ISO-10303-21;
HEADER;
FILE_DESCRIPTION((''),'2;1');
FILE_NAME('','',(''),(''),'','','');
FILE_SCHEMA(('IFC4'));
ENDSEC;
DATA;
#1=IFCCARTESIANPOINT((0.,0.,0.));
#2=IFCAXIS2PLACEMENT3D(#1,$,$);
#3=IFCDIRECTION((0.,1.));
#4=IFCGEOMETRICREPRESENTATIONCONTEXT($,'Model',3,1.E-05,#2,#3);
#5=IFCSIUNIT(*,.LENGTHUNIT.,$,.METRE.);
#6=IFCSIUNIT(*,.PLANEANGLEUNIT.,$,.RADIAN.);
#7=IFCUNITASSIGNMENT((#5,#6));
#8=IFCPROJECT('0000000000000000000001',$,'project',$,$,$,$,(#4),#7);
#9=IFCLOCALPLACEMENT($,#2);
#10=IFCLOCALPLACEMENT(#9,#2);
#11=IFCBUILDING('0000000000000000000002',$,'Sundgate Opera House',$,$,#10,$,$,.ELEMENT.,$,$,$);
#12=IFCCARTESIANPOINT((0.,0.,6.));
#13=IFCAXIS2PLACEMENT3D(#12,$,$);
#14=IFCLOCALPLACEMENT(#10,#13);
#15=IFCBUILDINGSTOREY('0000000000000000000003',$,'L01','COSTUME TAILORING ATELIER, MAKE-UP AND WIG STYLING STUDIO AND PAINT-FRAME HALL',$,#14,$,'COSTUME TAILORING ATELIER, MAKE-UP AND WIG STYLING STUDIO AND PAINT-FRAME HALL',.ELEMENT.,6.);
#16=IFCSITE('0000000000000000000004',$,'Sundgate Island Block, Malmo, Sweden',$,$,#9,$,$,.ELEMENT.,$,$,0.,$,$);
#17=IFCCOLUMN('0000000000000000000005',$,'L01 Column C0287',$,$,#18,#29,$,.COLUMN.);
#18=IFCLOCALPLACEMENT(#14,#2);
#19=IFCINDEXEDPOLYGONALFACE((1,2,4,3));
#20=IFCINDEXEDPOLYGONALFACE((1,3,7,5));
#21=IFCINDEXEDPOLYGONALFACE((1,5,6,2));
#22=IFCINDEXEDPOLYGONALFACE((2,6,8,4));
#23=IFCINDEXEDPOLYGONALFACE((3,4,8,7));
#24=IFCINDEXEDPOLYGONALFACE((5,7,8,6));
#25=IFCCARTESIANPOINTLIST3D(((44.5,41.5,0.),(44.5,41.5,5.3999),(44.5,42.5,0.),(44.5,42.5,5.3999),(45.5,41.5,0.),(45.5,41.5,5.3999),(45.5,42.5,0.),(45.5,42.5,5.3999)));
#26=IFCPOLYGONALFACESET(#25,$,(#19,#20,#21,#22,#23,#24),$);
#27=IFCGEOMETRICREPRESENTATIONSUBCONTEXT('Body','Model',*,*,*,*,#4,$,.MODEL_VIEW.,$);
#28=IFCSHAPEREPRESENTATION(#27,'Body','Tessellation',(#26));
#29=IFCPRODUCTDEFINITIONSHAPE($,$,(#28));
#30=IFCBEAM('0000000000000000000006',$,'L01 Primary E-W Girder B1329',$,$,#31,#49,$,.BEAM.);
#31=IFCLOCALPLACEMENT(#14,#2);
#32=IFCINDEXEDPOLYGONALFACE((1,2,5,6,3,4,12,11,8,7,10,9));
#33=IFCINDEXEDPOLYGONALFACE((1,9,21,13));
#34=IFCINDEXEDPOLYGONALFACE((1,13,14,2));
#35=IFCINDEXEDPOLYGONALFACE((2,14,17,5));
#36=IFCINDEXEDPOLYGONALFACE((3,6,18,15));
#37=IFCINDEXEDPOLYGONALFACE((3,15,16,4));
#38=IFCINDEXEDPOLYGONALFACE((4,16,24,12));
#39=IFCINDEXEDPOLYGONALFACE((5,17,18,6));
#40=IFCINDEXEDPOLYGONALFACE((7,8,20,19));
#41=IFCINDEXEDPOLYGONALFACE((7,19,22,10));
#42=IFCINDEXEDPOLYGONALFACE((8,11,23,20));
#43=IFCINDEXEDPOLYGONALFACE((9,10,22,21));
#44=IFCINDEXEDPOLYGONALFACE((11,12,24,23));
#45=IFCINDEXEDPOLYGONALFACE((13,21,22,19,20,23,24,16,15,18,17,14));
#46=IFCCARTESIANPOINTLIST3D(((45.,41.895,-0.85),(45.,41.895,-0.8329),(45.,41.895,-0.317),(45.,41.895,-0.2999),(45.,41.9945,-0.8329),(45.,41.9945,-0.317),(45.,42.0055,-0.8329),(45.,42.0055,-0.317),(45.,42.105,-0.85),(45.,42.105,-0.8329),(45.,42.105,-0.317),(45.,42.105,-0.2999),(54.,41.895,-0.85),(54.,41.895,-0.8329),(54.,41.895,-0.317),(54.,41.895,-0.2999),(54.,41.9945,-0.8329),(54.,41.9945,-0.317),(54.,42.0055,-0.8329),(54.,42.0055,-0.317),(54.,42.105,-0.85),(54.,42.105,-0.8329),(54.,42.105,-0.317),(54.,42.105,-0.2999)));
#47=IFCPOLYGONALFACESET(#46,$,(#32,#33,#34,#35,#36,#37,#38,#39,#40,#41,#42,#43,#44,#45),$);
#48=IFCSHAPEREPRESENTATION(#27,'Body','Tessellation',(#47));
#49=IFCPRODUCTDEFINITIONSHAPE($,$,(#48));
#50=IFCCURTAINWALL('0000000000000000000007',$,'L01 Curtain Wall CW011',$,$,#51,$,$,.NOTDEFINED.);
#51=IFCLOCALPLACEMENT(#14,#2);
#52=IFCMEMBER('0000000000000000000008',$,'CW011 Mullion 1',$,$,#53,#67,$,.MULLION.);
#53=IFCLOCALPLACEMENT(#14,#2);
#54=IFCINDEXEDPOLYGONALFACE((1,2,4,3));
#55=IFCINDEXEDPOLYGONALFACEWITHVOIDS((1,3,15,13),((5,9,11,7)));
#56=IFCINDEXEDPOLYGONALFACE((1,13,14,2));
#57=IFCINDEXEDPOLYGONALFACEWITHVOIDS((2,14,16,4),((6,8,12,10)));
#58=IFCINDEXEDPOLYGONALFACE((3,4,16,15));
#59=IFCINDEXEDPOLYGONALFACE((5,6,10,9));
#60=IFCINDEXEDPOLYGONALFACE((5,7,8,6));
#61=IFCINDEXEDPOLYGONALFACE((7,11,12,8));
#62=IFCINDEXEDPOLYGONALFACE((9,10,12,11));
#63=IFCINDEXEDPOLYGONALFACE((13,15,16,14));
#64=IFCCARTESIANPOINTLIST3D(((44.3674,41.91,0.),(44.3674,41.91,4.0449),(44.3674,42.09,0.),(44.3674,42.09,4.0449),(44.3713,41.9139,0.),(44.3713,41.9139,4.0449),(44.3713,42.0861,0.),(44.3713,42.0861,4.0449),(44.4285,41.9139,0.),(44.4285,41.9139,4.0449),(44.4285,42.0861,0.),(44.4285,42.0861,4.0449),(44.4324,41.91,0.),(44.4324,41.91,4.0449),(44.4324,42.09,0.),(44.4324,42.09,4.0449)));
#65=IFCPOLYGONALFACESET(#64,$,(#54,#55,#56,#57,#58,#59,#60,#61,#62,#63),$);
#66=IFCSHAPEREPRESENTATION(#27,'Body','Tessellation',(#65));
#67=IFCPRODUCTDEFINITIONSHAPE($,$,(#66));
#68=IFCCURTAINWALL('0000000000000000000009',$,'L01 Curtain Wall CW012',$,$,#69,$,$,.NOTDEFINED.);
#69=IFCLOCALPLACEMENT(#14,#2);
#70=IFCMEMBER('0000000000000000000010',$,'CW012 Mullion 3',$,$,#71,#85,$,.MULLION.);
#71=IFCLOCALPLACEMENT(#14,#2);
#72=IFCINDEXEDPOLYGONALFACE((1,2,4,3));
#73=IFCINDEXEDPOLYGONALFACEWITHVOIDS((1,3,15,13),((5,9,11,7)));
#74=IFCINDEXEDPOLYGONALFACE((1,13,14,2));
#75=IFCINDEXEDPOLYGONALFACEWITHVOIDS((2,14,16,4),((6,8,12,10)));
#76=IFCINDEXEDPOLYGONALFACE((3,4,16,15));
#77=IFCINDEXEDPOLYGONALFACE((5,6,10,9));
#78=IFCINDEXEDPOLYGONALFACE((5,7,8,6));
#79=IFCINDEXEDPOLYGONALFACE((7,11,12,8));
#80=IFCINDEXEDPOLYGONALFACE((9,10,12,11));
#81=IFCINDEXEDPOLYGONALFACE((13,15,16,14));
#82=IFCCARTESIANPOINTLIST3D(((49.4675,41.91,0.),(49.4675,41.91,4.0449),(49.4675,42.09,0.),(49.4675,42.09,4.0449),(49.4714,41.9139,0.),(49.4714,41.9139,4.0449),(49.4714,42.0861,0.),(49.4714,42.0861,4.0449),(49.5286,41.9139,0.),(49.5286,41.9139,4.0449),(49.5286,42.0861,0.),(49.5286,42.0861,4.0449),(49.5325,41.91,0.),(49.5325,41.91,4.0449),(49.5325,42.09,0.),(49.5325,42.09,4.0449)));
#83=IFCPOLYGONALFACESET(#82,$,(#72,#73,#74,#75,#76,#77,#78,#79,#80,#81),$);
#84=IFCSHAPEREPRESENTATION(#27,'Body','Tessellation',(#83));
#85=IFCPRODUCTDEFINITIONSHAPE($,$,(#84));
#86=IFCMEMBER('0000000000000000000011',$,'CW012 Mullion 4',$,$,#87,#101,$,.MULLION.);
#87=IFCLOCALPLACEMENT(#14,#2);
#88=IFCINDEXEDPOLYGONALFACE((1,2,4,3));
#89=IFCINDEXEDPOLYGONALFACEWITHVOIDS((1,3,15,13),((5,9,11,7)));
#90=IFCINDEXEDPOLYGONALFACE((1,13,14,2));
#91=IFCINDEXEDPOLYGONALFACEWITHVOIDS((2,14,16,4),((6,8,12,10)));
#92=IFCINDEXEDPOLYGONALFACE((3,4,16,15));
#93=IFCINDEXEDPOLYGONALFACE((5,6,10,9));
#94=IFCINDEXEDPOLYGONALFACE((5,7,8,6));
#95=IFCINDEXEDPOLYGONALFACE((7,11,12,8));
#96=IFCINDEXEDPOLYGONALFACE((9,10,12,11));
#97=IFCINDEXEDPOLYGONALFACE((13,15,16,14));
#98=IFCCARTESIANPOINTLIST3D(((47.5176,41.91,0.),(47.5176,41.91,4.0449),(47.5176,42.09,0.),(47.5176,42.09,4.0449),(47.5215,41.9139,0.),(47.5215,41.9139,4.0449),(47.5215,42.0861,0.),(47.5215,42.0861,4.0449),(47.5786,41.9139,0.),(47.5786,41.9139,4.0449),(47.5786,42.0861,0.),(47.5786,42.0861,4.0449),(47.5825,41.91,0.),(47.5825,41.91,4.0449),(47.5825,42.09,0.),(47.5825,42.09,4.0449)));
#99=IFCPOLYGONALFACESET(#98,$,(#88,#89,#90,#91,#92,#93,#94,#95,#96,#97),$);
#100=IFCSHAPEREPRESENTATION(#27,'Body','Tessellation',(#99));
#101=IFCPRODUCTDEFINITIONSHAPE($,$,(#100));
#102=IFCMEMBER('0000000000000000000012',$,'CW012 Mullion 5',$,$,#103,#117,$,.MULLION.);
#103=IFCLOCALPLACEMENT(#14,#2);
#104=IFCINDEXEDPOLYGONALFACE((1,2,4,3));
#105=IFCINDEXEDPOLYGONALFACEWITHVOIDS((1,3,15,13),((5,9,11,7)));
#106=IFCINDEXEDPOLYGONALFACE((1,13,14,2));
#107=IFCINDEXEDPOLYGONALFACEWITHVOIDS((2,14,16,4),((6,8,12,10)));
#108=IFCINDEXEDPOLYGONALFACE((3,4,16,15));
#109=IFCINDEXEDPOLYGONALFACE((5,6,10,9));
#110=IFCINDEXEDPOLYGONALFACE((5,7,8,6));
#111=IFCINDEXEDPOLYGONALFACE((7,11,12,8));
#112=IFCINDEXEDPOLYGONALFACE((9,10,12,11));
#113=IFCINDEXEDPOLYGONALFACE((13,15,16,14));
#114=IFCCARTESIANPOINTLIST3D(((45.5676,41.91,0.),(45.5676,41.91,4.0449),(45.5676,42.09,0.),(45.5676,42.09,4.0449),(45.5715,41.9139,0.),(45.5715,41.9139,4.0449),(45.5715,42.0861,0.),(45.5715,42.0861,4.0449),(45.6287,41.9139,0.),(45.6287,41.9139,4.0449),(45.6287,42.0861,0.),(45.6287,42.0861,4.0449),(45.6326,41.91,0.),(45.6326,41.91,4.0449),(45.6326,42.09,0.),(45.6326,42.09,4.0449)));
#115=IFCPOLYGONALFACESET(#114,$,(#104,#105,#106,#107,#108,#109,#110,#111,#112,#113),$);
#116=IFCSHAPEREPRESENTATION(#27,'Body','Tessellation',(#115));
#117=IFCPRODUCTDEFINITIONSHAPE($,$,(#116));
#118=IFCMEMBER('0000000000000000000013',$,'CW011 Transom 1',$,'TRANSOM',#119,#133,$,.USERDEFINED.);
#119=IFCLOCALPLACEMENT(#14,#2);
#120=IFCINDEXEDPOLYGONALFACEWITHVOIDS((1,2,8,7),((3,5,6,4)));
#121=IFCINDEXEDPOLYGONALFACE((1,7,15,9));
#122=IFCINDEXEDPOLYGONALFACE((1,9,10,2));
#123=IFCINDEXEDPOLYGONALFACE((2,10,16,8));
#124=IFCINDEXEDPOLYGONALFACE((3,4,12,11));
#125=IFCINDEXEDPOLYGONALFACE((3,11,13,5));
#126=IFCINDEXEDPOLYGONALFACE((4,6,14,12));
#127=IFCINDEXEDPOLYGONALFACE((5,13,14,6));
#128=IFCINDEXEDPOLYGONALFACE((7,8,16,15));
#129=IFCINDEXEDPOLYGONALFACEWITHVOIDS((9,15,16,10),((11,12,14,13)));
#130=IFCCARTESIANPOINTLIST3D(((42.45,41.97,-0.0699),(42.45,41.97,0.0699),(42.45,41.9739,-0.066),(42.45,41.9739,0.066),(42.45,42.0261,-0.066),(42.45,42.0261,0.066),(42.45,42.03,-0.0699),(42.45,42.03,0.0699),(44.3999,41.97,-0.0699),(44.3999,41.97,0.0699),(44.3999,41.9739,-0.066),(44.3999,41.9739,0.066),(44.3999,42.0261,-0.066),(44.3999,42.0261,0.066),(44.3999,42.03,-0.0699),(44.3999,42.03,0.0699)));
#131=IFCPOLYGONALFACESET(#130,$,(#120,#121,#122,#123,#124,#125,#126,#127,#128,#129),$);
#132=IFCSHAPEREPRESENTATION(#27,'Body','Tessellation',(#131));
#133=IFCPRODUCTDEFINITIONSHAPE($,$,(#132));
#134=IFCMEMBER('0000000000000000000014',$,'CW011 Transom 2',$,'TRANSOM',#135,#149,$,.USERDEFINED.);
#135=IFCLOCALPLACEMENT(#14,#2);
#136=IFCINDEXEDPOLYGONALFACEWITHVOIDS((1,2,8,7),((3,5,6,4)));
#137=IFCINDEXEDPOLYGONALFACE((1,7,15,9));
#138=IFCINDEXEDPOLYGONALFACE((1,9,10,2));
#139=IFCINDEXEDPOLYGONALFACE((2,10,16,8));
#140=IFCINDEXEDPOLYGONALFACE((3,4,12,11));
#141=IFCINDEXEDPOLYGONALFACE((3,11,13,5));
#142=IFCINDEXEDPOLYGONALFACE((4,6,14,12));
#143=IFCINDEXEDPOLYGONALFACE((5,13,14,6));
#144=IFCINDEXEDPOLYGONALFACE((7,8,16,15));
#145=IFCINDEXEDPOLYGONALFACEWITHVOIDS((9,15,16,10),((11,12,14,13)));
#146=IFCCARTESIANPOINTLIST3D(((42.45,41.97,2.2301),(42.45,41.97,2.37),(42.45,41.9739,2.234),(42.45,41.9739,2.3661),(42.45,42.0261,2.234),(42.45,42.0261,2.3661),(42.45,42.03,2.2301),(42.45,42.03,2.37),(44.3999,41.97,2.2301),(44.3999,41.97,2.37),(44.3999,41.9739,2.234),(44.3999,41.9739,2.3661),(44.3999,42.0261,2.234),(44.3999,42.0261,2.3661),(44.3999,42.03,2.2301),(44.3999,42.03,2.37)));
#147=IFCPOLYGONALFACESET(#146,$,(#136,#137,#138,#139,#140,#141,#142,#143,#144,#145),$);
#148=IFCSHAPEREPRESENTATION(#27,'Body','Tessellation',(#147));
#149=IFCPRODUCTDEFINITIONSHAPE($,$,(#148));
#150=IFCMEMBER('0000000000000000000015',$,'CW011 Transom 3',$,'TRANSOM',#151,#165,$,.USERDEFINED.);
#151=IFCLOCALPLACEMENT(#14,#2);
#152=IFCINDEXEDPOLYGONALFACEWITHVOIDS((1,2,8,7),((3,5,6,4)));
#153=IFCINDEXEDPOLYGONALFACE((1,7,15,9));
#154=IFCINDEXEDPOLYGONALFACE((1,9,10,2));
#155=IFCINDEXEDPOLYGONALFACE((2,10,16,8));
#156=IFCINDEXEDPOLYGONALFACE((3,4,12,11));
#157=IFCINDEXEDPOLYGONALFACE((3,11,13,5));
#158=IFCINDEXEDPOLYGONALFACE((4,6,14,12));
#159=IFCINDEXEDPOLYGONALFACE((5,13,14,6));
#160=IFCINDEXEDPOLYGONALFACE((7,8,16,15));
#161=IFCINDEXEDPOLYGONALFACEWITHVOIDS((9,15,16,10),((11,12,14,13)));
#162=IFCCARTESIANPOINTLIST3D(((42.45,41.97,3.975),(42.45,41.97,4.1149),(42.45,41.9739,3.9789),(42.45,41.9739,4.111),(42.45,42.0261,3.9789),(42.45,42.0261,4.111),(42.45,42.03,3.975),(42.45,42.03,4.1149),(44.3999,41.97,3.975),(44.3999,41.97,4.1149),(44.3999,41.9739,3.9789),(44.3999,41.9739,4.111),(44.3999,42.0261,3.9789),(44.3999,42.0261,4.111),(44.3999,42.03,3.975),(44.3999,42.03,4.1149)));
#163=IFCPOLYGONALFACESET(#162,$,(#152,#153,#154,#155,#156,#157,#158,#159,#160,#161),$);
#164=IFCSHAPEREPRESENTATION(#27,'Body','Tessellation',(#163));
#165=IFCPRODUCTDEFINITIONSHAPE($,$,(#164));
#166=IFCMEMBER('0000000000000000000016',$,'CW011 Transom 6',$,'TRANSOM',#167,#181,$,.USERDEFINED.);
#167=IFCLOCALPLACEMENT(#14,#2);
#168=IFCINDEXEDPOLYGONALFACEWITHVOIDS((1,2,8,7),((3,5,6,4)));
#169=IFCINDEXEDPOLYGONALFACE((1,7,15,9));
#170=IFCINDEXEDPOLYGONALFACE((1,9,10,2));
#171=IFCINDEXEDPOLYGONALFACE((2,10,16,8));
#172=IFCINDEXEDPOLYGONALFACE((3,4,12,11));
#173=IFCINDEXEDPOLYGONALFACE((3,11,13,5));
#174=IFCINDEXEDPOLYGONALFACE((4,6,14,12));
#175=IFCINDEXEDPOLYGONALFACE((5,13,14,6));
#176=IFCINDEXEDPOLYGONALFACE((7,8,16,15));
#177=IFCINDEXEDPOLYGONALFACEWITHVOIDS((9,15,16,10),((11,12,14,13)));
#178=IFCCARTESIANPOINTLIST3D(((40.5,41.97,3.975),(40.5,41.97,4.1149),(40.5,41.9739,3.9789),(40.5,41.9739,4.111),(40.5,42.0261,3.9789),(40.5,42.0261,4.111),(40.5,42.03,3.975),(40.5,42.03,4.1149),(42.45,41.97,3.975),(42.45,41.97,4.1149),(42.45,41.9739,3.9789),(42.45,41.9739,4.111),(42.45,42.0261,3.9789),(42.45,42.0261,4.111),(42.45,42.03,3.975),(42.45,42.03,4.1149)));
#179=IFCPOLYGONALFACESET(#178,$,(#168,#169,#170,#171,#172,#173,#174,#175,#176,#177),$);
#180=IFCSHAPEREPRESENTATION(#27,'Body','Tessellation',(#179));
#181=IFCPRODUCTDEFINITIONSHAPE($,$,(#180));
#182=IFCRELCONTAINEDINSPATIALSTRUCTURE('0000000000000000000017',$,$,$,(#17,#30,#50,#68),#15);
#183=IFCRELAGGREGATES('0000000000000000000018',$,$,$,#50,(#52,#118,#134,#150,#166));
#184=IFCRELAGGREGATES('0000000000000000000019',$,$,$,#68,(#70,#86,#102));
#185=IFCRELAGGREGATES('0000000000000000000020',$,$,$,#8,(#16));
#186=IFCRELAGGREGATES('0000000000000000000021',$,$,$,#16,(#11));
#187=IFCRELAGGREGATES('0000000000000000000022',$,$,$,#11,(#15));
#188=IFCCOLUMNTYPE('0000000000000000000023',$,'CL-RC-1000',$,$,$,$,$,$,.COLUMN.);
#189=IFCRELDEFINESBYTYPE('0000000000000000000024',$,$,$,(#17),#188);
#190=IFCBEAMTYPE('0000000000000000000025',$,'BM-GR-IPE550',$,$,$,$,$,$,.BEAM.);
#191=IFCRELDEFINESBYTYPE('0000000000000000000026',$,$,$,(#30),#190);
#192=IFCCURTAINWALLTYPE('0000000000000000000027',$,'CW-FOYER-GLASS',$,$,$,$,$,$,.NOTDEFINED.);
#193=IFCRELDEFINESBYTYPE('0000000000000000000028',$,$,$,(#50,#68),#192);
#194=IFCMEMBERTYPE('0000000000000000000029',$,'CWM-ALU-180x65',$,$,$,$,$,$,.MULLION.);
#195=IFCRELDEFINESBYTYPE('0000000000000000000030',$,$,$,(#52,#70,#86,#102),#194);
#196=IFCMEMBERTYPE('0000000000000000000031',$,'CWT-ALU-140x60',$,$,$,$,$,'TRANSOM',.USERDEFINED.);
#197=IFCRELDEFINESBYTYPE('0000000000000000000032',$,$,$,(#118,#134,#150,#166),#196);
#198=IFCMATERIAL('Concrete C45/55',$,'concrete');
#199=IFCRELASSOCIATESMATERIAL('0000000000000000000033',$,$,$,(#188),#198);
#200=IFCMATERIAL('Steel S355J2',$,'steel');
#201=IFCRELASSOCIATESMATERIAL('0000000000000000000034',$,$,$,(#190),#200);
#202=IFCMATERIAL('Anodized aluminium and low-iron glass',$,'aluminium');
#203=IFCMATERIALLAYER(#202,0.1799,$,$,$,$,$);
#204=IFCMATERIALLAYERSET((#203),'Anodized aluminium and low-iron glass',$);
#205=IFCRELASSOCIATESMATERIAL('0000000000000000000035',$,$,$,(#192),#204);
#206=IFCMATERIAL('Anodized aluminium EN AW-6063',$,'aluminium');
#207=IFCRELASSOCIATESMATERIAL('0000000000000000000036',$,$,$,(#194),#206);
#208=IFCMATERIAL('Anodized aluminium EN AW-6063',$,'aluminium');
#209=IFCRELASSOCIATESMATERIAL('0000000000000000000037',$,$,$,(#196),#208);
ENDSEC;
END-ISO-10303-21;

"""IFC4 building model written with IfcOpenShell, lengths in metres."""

from ifc_helpers import new_model, si_unit, direction, frame, origin, origin_2d, place, context, subcontext, project, spatial, rectangle, hollow_rectangle, i_section, extrude, material, layer, layer_set, material_profile, profile_set, type_object, element, aggregate, save


model = new_model("IFC4")

# Units and contexts
model_context = context("Model", 3, precision=1e-05, world=origin(), true_north=direction((0.0, 1.0)))
body_context = subcontext(model_context, "Body", "Model", "MODEL_VIEW")
ifc_project = project(units=[si_unit("LENGTHUNIT", "METRE"), si_unit("PLANEANGLEUNIT", "RADIAN")], contexts=[model_context])

# Site, building, storey
site_placement = place(None, origin())
site = spatial("IfcSite", under=ifc_project, at=site_placement, Name="Sundgate Island Block, Malmo, Sweden", CompositionType="ELEMENT", RefElevation=0.0)
building_placement = place(site_placement, origin())
building = spatial("IfcBuilding", under=site, at=building_placement, Name="Sundgate Opera House", CompositionType="ELEMENT")
storey_placement = place(building_placement, frame((0.0, 0.0, 6.0)))
storey = spatial("IfcBuildingStorey", under=building, at=storey_placement, Name="L01", Description="COSTUME TAILORING ATELIER, MAKE-UP AND WIG STYLING STUDIO AND PAINT-FRAME HALL", LongName="COSTUME TAILORING ATELIER, MAKE-UP AND WIG STYLING STUDIO AND PAINT-FRAME HALL", CompositionType="ELEMENT", Elevation=6.0)

# Column
ifc_material_1 = material(Name="Concrete C45/55", Category="concrete")
ifc_material_profile_1 = material_profile(ifc_material_1, rectangle(XDim=1.0, YDim=1.0, at=origin_2d()), Name="RC 1000x1000")
ifc_profile_set_1 = profile_set([ifc_material_profile_1], Name="Concrete C45/55")
column_type = type_object("IfcColumnType", Name="CL-RC-1000", PredefinedType="COLUMN", material=ifc_profile_set_1)
column_placement = place(storey_placement, frame((45.0, 42.0, 0.0), z_axis=(0.0, 0.0, 1.0), x_axis=(1.0, 0.0, 0.0)))
element("IfcColumn", 1, at=column_placement, inside=storey, type_object=column_type, Name="L01 Column C0287", PredefinedType="COLUMN", context=body_context, shape_type="SweptSolid", body=[
    extrude(rectangle(XDim=1.0, YDim=1.0, at=origin_2d()), origin(), (0.0, 0.0, 1.0), 5.3999),
])

# Beam
ifc_material_2 = material(Name="Steel S355J2", Category="steel")
ifc_material_profile_2 = material_profile(ifc_material_2, i_section(OverallWidth=0.21, OverallDepth=0.55, WebThickness=0.011, FlangeThickness=0.0171, at=origin_2d()), Name="IPE 550")
ifc_profile_set_2 = profile_set([ifc_material_profile_2], Name="Steel S355J2")
beam_type = type_object("IfcBeamType", Name="BM-GR-IPE550", PredefinedType="BEAM", material=ifc_profile_set_2)
beam_placement = place(storey_placement, frame((45.0, 42.0, -0.575), z_axis=(1.0, 0.0, 0.0), x_axis=(0.0, 1.0, 0.0)))
element("IfcBeam", 2, at=beam_placement, inside=storey, type_object=beam_type, Name="L01 Primary E-W Girder B1329", PredefinedType="BEAM", context=body_context, shape_type="SweptSolid", body=[
    extrude(i_section(OverallWidth=0.21, OverallDepth=0.55, WebThickness=0.011, FlangeThickness=0.0171, at=origin_2d()), origin(), (0.0, 0.0, 1.0), 9.0),
])

# Curtain wall, member
ifc_material_3 = material(Name="Anodized aluminium and low-iron glass", Category="aluminium")
ifc_layer_1 = layer(ifc_material_3, 0.1799)
ifc_layer_set_1 = layer_set([ifc_layer_1], Name="Anodized aluminium and low-iron glass")
curtain_wall_type = type_object("IfcCurtainWallType", Name="CW-FOYER-GLASS", PredefinedType="NOTDEFINED", material=ifc_layer_set_1)
curtain_wall_1_placement = place(storey_placement, origin())
curtain_wall_1 = element("IfcCurtainWall", 3, at=curtain_wall_1_placement, inside=storey, type_object=curtain_wall_type, Name="L01 Curtain Wall CW011", PredefinedType="NOTDEFINED")
ifc_material_4 = material(Name="Anodized aluminium EN AW-6063", Category="aluminium")
ifc_material_profile_3 = material_profile(ifc_material_4, hollow_rectangle(XDim=0.0649, YDim=0.1799, WallThickness=0.0039, at=origin_2d()), Name="CWM 180x65x4")
ifc_profile_set_3 = profile_set([ifc_material_profile_3], Name="Anodized aluminium EN AW-6063")
member_type_1 = type_object("IfcMemberType", Name="CWM-ALU-180x65", PredefinedType="MULLION", material=ifc_profile_set_3)
member_1_placement = place(storey_placement, frame((44.3999, 42.0, 0.0), z_axis=(0.0, 0.0, 1.0), x_axis=(1.0, 0.0, 0.0)))
member_1 = element("IfcMember", 4, at=member_1_placement, type_object=member_type_1, Name="CW011 Mullion 1", PredefinedType="MULLION", context=body_context, shape_type="SweptSolid", body=[
    extrude(hollow_rectangle(XDim=0.0649, YDim=0.1799, WallThickness=0.0039, at=origin_2d()), origin(), (0.0, 0.0, 1.0), 4.0449),
])

# Curtain wall, members
curtain_wall_2_placement = place(storey_placement, origin())
curtain_wall_2 = element("IfcCurtainWall", 5, at=curtain_wall_2_placement, inside=storey, type_object=curtain_wall_type, Name="L01 Curtain Wall CW012", PredefinedType="NOTDEFINED")
member_2_placement = place(storey_placement, frame((49.5, 42.0, 0.0), z_axis=(0.0, 0.0, 1.0), x_axis=(1.0, 0.0, 0.0)))
member_2 = element("IfcMember", 6, at=member_2_placement, type_object=member_type_1, Name="CW012 Mullion 3", PredefinedType="MULLION", context=body_context, shape_type="SweptSolid", body=[
    extrude(hollow_rectangle(XDim=0.0649, YDim=0.1799, WallThickness=0.0039, at=origin_2d()), origin(), (0.0, 0.0, 1.0), 4.0449),
])
member_3_placement = place(storey_placement, frame((47.55, 42.0, 0.0), z_axis=(0.0, 0.0, 1.0), x_axis=(1.0, 0.0, 0.0)))
member_3 = element("IfcMember", 7, at=member_3_placement, type_object=member_type_1, Name="CW012 Mullion 4", PredefinedType="MULLION", context=body_context, shape_type="SweptSolid", body=[
    extrude(hollow_rectangle(XDim=0.0649, YDim=0.1799, WallThickness=0.0039, at=origin_2d()), origin(), (0.0, 0.0, 1.0), 4.0449),
])
member_4_placement = place(storey_placement, frame((45.6001, 42.0, 0.0), z_axis=(0.0, 0.0, 1.0), x_axis=(1.0, 0.0, 0.0)))
member_4 = element("IfcMember", 8, at=member_4_placement, type_object=member_type_1, Name="CW012 Mullion 5", PredefinedType="MULLION", context=body_context, shape_type="SweptSolid", body=[
    extrude(hollow_rectangle(XDim=0.0649, YDim=0.1799, WallThickness=0.0039, at=origin_2d()), origin(), (0.0, 0.0, 1.0), 4.0449),
])

# Members
ifc_material_5 = material(Name="Anodized aluminium EN AW-6063", Category="aluminium")
ifc_material_profile_4 = material_profile(ifc_material_5, hollow_rectangle(XDim=0.0601, YDim=0.1399, WallThickness=0.0039, at=origin_2d()), Name="CWT 140x60x4")
ifc_profile_set_4 = profile_set([ifc_material_profile_4], Name="Anodized aluminium EN AW-6063")
member_type_2 = type_object("IfcMemberType", Name="CWT-ALU-140x60", ElementType="TRANSOM", PredefinedType="USERDEFINED", material=ifc_profile_set_4)
member_5_placement = place(storey_placement, frame((44.3999, 42.0, 0.0), z_axis=(-1.0, 0.0, 0.0), x_axis=(0.0, -1.0, 0.0)))
member_5 = element("IfcMember", 9, at=member_5_placement, type_object=member_type_2, Name="CW011 Transom 1", ObjectType="TRANSOM", PredefinedType="USERDEFINED", context=body_context, shape_type="SweptSolid", body=[
    extrude(hollow_rectangle(XDim=0.0601, YDim=0.1399, WallThickness=0.0039, at=origin_2d()), origin(), (0.0, 0.0, 1.0), 1.95),
])
member_6_placement = place(storey_placement, frame((44.3999, 42.0, 2.3), z_axis=(-1.0, 0.0, 0.0), x_axis=(0.0, -1.0, 0.0)))
member_6 = element("IfcMember", 10, at=member_6_placement, type_object=member_type_2, Name="CW011 Transom 2", ObjectType="TRANSOM", PredefinedType="USERDEFINED", context=body_context, shape_type="SweptSolid", body=[
    extrude(hollow_rectangle(XDim=0.0601, YDim=0.1399, WallThickness=0.0039, at=origin_2d()), origin(), (0.0, 0.0, 1.0), 1.95),
])
member_7_placement = place(storey_placement, frame((44.3999, 42.0, 4.0449), z_axis=(-1.0, 0.0, 0.0), x_axis=(0.0, -1.0, 0.0)))
member_7 = element("IfcMember", 11, at=member_7_placement, type_object=member_type_2, Name="CW011 Transom 3", ObjectType="TRANSOM", PredefinedType="USERDEFINED", context=body_context, shape_type="SweptSolid", body=[
    extrude(hollow_rectangle(XDim=0.0601, YDim=0.1399, WallThickness=0.0039, at=origin_2d()), origin(), (0.0, 0.0, 1.0), 1.95),
])
member_8_placement = place(storey_placement, frame((42.45, 42.0, 4.0449), z_axis=(-1.0, 0.0, 0.0), x_axis=(0.0, -1.0, 0.0)))
member_8 = element("IfcMember", 12, at=member_8_placement, type_object=member_type_2, Name="CW011 Transom 6", ObjectType="TRANSOM", PredefinedType="USERDEFINED", context=body_context, shape_type="SweptSolid", body=[
    extrude(hollow_rectangle(XDim=0.0601, YDim=0.1399, WallThickness=0.0039, at=origin_2d()), origin(), (0.0, 0.0, 1.0), 1.95),
])

aggregate(curtain_wall_1, [member_1, member_5, member_6, member_7, member_8])
aggregate(curtain_wall_2, [member_2, member_3, member_4])

save(model, "model.ifc")
